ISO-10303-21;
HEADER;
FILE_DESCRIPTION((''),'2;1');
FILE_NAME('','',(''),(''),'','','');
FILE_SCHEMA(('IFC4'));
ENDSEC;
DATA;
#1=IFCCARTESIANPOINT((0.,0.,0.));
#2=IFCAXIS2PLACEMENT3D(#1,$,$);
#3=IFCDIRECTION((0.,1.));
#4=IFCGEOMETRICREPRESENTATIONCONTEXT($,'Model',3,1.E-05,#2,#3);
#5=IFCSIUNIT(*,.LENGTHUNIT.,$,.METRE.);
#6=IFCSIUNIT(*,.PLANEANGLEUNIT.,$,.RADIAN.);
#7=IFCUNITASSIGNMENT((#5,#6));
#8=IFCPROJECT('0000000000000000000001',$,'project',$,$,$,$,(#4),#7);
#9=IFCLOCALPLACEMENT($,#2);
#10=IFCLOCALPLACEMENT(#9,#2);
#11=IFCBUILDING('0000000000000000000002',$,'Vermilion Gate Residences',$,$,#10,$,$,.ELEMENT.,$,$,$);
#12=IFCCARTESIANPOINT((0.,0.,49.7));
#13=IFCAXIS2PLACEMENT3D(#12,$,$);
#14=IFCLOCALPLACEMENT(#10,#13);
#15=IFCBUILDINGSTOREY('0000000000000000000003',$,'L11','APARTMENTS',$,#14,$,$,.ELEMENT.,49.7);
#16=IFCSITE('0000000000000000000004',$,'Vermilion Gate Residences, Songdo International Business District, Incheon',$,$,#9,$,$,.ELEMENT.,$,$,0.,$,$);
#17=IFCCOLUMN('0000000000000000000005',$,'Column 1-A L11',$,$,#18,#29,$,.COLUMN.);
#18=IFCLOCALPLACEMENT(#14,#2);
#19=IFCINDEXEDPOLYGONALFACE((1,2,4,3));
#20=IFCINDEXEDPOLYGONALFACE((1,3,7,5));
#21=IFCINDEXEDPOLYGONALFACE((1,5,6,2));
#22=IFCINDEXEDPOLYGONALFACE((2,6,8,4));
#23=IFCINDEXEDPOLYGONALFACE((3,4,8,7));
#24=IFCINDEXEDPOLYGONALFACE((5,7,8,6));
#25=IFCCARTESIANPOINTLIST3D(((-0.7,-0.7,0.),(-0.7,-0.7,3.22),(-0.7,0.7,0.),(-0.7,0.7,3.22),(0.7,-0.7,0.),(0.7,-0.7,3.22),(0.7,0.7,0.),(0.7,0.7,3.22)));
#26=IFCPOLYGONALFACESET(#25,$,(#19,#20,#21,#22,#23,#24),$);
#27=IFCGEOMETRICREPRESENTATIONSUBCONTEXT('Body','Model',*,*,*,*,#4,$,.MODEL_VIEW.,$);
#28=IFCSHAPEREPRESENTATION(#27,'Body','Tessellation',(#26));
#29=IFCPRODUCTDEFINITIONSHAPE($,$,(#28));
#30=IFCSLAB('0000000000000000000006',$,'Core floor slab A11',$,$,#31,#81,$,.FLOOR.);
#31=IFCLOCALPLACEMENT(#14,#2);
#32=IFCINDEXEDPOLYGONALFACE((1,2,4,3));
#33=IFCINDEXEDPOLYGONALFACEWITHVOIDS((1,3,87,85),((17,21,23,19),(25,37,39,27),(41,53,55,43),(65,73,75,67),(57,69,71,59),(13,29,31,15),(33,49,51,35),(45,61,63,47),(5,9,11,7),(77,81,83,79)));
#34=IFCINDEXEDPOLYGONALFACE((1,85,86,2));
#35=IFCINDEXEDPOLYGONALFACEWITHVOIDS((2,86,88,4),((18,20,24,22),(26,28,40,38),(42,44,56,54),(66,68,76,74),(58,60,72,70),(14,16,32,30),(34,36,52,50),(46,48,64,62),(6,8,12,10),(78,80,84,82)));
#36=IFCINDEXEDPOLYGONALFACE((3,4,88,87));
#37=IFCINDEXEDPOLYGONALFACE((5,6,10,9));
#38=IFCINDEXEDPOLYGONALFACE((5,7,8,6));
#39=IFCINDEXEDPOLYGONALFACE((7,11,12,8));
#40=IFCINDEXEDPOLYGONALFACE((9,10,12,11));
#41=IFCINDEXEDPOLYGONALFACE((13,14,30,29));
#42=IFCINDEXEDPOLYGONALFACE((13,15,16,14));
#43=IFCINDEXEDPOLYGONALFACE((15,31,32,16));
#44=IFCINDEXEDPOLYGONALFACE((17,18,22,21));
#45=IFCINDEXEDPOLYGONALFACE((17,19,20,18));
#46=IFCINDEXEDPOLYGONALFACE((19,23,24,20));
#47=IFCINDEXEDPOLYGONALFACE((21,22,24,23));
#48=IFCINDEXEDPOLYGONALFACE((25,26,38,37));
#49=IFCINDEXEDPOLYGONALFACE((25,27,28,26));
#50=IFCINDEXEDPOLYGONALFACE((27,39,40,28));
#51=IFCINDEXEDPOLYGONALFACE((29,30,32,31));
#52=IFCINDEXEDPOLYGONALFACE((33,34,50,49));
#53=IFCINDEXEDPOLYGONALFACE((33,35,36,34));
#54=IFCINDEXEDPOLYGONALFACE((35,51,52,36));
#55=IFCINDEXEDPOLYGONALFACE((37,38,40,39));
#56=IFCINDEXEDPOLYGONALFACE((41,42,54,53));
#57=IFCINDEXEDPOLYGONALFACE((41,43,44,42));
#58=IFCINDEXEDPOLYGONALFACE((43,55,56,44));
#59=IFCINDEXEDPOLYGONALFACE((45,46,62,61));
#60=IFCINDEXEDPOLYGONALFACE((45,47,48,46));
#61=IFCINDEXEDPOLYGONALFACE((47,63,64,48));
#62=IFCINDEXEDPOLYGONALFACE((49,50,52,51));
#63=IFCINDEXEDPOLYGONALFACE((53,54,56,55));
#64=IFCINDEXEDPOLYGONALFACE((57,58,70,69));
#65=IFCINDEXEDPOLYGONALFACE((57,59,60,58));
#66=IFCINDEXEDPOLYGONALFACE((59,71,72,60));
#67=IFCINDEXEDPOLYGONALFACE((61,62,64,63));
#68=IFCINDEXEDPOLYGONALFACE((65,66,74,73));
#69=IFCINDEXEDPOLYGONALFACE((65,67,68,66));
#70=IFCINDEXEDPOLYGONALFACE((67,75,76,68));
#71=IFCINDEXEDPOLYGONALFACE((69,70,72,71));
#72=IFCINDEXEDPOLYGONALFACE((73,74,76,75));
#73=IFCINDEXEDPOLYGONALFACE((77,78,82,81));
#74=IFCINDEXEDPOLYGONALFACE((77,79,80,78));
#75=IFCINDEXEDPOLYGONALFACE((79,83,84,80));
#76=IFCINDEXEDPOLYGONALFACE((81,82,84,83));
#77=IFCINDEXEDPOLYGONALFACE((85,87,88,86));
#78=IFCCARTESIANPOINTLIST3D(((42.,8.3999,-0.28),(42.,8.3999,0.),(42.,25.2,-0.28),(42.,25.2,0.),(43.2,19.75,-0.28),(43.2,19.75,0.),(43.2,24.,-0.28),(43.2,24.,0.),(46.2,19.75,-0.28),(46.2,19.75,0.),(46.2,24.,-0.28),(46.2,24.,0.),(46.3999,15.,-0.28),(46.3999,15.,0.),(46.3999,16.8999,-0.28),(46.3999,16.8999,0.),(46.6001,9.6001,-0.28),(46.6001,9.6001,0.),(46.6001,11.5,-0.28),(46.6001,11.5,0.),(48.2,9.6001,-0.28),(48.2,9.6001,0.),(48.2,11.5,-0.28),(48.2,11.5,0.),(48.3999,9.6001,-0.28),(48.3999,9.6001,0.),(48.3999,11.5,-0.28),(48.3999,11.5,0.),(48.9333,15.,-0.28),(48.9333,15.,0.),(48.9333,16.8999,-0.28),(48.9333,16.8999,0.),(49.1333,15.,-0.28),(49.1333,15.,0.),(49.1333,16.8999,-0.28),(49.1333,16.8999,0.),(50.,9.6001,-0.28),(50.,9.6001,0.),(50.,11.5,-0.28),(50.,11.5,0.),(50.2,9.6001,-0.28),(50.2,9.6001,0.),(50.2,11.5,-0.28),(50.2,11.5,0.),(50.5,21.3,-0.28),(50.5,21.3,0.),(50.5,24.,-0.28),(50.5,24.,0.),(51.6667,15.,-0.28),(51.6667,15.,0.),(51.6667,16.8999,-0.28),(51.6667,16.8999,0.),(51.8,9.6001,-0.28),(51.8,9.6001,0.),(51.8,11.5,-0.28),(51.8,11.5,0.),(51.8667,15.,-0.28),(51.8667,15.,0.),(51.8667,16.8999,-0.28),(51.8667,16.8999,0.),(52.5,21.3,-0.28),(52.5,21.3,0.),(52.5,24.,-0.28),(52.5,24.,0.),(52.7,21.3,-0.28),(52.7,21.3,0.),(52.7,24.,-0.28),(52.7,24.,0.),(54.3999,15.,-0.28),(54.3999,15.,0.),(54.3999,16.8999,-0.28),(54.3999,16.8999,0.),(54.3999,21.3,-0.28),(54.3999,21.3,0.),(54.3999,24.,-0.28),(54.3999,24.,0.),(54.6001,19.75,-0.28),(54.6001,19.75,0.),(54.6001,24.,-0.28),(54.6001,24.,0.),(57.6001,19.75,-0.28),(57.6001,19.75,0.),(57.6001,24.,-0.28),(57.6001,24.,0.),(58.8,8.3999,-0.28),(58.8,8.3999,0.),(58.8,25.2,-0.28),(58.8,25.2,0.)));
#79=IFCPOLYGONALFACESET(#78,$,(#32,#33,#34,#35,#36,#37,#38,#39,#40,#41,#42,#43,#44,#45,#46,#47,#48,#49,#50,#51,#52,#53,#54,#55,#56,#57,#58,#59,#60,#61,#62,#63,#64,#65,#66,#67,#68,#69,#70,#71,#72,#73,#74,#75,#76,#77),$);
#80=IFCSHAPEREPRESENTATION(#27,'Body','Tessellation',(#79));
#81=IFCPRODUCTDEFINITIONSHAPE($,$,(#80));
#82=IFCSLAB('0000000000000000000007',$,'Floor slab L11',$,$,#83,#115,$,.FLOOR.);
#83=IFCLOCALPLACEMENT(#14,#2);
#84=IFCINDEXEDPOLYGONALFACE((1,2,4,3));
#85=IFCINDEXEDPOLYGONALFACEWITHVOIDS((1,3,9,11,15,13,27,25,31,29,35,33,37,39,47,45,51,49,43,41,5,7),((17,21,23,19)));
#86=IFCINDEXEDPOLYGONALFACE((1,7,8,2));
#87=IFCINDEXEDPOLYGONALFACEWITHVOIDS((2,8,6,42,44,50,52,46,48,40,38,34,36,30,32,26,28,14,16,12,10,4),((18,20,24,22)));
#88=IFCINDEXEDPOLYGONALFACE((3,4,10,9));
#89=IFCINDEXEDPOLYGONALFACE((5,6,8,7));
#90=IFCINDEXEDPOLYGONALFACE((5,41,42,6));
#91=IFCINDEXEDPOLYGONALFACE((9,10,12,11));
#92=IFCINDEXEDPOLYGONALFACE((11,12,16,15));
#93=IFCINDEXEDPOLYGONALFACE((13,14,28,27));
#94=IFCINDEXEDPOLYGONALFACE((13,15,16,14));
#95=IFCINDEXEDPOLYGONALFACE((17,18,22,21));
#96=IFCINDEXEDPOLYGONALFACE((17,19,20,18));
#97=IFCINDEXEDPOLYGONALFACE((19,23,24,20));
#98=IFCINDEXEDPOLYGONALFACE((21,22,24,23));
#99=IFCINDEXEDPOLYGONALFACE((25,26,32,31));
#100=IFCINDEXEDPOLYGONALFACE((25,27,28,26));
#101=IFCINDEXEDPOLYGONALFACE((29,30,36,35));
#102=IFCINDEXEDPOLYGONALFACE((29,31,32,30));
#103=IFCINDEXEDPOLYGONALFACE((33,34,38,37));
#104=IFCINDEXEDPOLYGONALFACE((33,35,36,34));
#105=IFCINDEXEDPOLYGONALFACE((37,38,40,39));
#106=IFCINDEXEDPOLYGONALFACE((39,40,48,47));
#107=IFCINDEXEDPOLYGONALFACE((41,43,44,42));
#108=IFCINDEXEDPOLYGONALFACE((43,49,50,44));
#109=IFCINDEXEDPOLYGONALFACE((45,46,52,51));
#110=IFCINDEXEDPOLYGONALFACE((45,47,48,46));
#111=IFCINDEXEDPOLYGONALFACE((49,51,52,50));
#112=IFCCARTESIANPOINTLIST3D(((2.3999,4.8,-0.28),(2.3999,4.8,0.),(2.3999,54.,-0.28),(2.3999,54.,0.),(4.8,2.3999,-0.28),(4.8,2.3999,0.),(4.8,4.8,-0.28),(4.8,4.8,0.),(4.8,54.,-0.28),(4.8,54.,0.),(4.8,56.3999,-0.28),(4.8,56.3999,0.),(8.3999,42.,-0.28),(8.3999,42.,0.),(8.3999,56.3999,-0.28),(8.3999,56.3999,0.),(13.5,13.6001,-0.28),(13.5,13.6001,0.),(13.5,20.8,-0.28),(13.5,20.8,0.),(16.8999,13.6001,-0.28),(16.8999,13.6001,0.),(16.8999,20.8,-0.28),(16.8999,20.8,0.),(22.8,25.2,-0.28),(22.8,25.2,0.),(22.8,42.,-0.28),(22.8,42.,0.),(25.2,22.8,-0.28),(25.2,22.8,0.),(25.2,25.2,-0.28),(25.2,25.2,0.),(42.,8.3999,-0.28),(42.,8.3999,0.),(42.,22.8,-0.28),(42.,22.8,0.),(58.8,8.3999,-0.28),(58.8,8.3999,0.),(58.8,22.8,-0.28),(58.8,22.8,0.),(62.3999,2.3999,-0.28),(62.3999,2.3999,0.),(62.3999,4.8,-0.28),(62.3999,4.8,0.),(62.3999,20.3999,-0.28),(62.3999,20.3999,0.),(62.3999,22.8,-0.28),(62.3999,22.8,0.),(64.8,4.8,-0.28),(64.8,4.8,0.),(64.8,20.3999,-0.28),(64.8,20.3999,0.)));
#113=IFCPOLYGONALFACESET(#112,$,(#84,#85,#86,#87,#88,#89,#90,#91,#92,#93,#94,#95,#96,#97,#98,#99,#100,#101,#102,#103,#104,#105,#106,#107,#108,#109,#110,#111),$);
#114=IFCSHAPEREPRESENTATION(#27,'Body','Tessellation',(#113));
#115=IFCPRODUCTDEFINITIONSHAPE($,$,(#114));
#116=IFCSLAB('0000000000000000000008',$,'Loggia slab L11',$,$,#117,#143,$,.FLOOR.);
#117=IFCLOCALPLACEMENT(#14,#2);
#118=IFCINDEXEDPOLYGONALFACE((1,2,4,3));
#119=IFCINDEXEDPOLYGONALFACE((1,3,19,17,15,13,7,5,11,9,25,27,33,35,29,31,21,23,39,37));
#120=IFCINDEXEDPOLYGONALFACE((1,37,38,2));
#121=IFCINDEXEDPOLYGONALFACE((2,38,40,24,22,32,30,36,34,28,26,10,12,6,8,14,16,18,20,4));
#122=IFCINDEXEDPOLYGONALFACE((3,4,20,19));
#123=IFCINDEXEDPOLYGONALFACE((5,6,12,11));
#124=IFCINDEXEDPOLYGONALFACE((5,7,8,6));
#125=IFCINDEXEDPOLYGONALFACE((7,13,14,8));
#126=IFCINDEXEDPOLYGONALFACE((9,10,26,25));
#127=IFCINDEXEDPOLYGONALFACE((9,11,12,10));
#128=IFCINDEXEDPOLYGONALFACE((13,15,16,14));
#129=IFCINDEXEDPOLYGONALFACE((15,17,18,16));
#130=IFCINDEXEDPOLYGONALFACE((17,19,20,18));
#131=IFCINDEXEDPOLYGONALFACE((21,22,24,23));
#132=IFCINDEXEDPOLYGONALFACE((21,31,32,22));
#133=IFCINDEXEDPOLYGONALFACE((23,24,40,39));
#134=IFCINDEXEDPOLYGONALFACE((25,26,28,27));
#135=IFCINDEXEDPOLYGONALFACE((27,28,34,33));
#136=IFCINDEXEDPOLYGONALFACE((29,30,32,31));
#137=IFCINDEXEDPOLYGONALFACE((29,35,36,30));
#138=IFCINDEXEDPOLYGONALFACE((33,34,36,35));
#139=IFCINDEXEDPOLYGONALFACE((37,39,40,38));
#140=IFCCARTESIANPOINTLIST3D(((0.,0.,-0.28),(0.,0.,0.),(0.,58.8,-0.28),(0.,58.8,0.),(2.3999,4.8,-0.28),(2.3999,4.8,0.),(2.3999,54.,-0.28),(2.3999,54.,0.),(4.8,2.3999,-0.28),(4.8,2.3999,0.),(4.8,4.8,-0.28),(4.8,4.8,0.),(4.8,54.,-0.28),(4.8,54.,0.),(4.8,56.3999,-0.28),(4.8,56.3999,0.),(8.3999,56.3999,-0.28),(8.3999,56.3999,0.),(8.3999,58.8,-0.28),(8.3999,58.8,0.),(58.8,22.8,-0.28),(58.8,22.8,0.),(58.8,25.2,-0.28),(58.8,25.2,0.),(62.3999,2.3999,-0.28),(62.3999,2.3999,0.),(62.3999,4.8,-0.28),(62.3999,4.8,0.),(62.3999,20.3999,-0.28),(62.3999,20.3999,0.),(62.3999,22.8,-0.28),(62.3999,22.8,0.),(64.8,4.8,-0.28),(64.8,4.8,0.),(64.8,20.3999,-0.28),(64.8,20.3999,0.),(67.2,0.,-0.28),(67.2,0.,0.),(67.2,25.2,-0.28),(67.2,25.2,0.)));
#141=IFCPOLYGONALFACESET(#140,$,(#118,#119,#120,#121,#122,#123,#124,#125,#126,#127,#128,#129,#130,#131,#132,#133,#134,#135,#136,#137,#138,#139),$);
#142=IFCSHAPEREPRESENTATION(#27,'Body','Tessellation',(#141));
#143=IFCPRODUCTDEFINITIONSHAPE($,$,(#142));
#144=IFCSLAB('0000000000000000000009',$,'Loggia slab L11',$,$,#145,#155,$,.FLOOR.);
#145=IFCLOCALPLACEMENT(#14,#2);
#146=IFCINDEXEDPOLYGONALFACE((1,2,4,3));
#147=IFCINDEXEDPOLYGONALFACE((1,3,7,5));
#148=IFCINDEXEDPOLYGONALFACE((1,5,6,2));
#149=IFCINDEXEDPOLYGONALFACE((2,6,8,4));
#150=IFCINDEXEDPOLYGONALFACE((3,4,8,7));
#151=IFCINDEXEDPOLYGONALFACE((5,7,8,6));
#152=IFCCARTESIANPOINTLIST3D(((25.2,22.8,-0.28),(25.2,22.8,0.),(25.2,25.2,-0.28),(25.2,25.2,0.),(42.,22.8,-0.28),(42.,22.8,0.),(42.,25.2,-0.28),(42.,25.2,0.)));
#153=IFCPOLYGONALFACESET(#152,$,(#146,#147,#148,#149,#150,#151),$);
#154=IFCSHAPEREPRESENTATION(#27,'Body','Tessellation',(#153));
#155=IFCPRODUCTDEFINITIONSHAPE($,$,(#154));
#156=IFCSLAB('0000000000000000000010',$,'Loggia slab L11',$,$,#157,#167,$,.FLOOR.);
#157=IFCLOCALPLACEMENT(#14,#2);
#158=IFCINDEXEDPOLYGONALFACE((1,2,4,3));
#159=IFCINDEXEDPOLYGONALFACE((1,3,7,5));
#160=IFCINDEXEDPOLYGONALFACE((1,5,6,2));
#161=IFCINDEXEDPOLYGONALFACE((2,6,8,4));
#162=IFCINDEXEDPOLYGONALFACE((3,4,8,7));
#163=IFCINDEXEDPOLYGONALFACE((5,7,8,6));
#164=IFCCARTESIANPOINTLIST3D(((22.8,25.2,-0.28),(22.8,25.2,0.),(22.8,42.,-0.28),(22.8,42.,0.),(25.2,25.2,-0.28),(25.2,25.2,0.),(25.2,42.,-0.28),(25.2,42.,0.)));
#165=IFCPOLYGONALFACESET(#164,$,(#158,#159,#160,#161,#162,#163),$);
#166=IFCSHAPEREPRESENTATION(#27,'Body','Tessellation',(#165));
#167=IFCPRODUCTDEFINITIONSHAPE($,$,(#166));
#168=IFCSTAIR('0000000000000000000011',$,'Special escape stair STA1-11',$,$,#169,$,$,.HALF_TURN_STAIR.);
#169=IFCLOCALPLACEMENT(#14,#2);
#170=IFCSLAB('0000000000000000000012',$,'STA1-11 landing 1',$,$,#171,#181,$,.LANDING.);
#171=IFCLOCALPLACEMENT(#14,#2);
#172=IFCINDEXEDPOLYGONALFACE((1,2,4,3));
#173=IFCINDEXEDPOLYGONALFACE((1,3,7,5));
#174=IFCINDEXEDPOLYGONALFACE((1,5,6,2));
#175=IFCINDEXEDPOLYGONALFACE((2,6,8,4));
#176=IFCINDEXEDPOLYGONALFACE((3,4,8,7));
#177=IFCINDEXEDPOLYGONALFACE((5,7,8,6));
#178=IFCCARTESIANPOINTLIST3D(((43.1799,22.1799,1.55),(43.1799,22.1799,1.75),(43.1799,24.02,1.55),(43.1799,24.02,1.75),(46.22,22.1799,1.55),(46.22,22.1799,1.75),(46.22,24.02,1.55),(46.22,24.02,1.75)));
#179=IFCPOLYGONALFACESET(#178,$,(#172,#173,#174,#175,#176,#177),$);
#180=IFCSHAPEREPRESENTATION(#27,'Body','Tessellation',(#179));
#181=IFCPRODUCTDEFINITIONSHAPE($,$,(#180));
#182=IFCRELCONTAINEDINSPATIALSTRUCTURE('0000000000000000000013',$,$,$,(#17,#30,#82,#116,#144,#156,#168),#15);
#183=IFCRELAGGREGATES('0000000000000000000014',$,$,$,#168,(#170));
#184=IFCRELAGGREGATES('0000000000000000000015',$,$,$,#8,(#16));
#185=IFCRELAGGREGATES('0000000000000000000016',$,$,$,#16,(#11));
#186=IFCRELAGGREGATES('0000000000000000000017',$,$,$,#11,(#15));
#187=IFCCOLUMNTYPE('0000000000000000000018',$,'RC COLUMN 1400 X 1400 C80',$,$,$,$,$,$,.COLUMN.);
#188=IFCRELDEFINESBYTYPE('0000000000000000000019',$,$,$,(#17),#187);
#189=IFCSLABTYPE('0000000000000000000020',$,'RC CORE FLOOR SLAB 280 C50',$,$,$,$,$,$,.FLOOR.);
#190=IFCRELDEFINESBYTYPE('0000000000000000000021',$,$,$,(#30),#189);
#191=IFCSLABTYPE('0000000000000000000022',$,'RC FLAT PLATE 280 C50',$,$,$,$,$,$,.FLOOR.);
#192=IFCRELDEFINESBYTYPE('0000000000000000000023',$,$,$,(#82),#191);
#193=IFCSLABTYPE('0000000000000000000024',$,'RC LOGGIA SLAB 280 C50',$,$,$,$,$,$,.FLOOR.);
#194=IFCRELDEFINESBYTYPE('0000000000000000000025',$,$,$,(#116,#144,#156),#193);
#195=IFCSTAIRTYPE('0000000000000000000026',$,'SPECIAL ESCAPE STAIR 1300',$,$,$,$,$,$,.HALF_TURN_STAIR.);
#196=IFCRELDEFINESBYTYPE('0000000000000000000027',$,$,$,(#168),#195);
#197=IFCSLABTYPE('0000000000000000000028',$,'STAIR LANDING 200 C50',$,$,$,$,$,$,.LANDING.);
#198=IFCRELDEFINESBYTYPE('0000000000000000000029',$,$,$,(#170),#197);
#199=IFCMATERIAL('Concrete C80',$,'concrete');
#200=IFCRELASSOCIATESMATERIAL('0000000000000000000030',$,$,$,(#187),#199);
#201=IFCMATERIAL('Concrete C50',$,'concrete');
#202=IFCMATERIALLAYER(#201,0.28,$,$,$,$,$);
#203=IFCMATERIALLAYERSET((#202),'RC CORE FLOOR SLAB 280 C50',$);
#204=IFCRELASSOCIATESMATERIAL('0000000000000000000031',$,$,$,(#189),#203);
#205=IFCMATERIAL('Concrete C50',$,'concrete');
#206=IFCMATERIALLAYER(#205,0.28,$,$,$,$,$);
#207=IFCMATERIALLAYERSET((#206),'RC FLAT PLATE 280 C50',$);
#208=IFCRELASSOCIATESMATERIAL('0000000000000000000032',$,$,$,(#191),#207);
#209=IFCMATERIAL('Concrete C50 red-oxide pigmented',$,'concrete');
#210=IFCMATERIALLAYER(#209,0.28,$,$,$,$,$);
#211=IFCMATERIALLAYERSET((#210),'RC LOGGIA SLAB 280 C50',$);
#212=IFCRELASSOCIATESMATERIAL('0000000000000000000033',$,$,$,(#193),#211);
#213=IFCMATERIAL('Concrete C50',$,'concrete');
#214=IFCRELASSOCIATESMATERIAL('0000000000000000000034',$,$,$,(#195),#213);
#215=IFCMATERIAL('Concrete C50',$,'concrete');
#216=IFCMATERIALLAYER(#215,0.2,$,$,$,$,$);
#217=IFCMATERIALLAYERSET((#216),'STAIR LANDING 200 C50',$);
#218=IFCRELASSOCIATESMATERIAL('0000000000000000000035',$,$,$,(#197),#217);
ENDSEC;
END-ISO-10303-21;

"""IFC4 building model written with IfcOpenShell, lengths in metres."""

from ifc_helpers import new_model, si_unit, direction, frame, origin, origin_with_axes, origin_2d, place, context, subcontext, project, spatial, polyline, rectangle, outline, extrude, material, layer, layer_set, material_profile, profile_set, type_object, element, aggregate, save


model = new_model("IFC4")

# Units and contexts
model_context = context("Model", 3, precision=1e-05, world=origin(), true_north=direction((0.0, 1.0)))
body_context = subcontext(model_context, "Body", "Model", "MODEL_VIEW")
ifc_project = project(units=[si_unit("LENGTHUNIT", "METRE"), si_unit("PLANEANGLEUNIT", "RADIAN")], contexts=[model_context])

# Site, building, storey
site_placement = place(None, origin())
site = spatial("IfcSite", under=ifc_project, at=site_placement, Name="Vermilion Gate Residences, Songdo International Business District, Incheon", CompositionType="ELEMENT", RefElevation=0.0)
building_placement = place(site_placement, origin())
building = spatial("IfcBuilding", under=site, at=building_placement, Name="Vermilion Gate Residences", CompositionType="ELEMENT")
storey_placement = place(building_placement, frame((0.0, 0.0, 49.7)))
storey = spatial("IfcBuildingStorey", under=building, at=storey_placement, Name="L11", Description="APARTMENTS", CompositionType="ELEMENT", Elevation=49.7)

# Column
ifc_material_1 = material(Name="Concrete C80", Category="concrete")
ifc_material_profile_1 = material_profile(ifc_material_1, rectangle(XDim=1.3999, YDim=1.3999, at=origin_2d()), Name="RC-1400x1400")
ifc_profile_set_1 = profile_set([ifc_material_profile_1], Name="Concrete C80")
column_type = type_object("IfcColumnType", Name="RC COLUMN 1400 X 1400 C80", PredefinedType="COLUMN", material=ifc_profile_set_1)
column_placement = place(storey_placement, origin_with_axes())
element("IfcColumn", 1, at=column_placement, inside=storey, type_object=column_type, Name="Column 1-A L11", PredefinedType="COLUMN", context=body_context, shape_type="SweptSolid", body=[
    extrude(rectangle(XDim=1.3999, YDim=1.3999, at=origin_2d()), origin(), (0.0, 0.0, 1.0), 3.22),
])

# Slabs
ifc_material_2 = material(Name="Concrete C50", Category="concrete")
ifc_layer_1 = layer(ifc_material_2, 0.28)
ifc_layer_set_1 = layer_set([ifc_layer_1], Name="RC CORE FLOOR SLAB 280 C50")
slab_type_1 = type_object("IfcSlabType", Name="RC CORE FLOOR SLAB 280 C50", PredefinedType="FLOOR", material=ifc_layer_set_1)
slab_1_placement = place(storey_placement, frame((0.0, 0.0, -0.28)))
element("IfcSlab", 2, at=slab_1_placement, inside=storey, type_object=slab_type_1, Name="Core floor slab A11", PredefinedType="FLOOR", context=body_context, shape_type="SweptSolid", body=[
    extrude(outline(polyline([(42.0, 8.3999), (58.8, 8.3999), (58.8, 25.2), (42.0, 25.2), (42.0, 8.3999)]), holes=[polyline([(46.6001, 11.5), (48.2, 11.5), (48.2, 9.6001), (46.6001, 9.6001), (46.6001, 11.5)]), polyline([(48.3999, 11.5), (50.0, 11.5), (50.0, 9.6001), (48.3999, 9.6001), (48.3999, 11.5)]), polyline([(50.2, 11.5), (51.8, 11.5), (51.8, 9.6001), (50.2, 9.6001), (50.2, 11.5)]), polyline([(48.9333, 16.8999), (48.9333, 15.0), (46.3999, 15.0), (46.3999, 16.8999), (48.9333, 16.8999)]), polyline([(51.6667, 16.8999), (51.6667, 15.0), (49.1333, 15.0), (49.1333, 16.8999), (51.6667, 16.8999)]), polyline([(51.8667, 16.8999), (54.3999, 16.8999), (54.3999, 15.0), (51.8667, 15.0), (51.8667, 16.8999)]), polyline([(43.2, 24.0), (46.2, 24.0), (46.2, 19.75), (43.2, 19.75), (43.2, 24.0)]), polyline([(54.6001, 24.0), (57.6001, 24.0), (57.6001, 19.75), (54.6001, 19.75), (54.6001, 24.0)]), polyline([(52.5, 24.0), (52.5, 21.3), (50.5, 21.3), (50.5, 24.0), (52.5, 24.0)]), polyline([(54.3999, 24.0), (54.3999, 21.3), (52.7, 21.3), (52.7, 24.0), (54.3999, 24.0)])]), origin(), (0.0, 0.0, 1.0), 0.28),
])
ifc_material_3 = material(Name="Concrete C50", Category="concrete")
ifc_layer_2 = layer(ifc_material_3, 0.28)
ifc_layer_set_2 = layer_set([ifc_layer_2], Name="RC FLAT PLATE 280 C50")
slab_type_2 = type_object("IfcSlabType", Name="RC FLAT PLATE 280 C50", PredefinedType="FLOOR", material=ifc_layer_set_2)
slab_2_placement = place(storey_placement, frame((0.0, 0.0, -0.28)))
element("IfcSlab", 3, at=slab_2_placement, inside=storey, type_object=slab_type_2, Name="Floor slab L11", PredefinedType="FLOOR", context=body_context, shape_type="SweptSolid", body=[
    extrude(outline(polyline([(22.8, 25.2), (22.8, 42.0), (8.3999, 42.0), (8.3999, 56.3999), (4.8, 56.3999), (4.8, 54.0), (2.3999, 54.0), (2.3999, 4.8), (4.8, 4.8), (4.8, 2.3999), (62.3999, 2.3999), (62.3999, 4.8), (64.8, 4.8), (64.8, 20.3999), (62.3999, 20.3999), (62.3999, 22.8), (58.8, 22.8), (58.8, 8.3999), (42.0, 8.3999), (42.0, 22.8), (25.2, 22.8), (25.2, 25.2), (22.8, 25.2)]), holes=[polyline([(13.5, 13.6001), (13.5, 20.8), (16.8999, 20.8), (16.8999, 13.6001), (13.5, 13.6001)])]), origin(), (0.0, 0.0, 1.0), 0.28),
])
ifc_material_4 = material(Name="Concrete C50 red-oxide pigmented", Category="concrete")
ifc_layer_3 = layer(ifc_material_4, 0.28)
ifc_layer_set_3 = layer_set([ifc_layer_3], Name="RC LOGGIA SLAB 280 C50")
slab_type_3 = type_object("IfcSlabType", Name="RC LOGGIA SLAB 280 C50", PredefinedType="FLOOR", material=ifc_layer_set_3)
slab_3_placement = place(storey_placement, frame((0.0, 0.0, -0.28)))
element("IfcSlab", 4, at=slab_3_placement, inside=storey, type_object=slab_type_3, Name="Loggia slab L11", PredefinedType="FLOOR", context=body_context, shape_type="SweptSolid", body=[
    extrude(outline(polyline([(0.0, 58.8), (0.0, 0.0), (67.2, 0.0), (67.2, 25.2), (58.8, 25.2), (58.8, 22.8), (62.3999, 22.8), (62.3999, 20.3999), (64.8, 20.3999), (64.8, 4.8), (62.3999, 4.8), (62.3999, 2.3999), (4.8, 2.3999), (4.8, 4.8), (2.3999, 4.8), (2.3999, 54.0), (4.8, 54.0), (4.8, 56.3999), (8.3999, 56.3999), (8.3999, 58.8), (0.0, 58.8)])), origin(), (0.0, 0.0, 1.0), 0.28),
])
slab_4_placement = place(storey_placement, frame((0.0, 0.0, -0.28)))
element("IfcSlab", 5, at=slab_4_placement, inside=storey, type_object=slab_type_3, Name="Loggia slab L11", PredefinedType="FLOOR", context=body_context, shape_type="SweptSolid", body=[
    extrude(outline(polyline([(25.2, 22.8), (42.0, 22.8), (42.0, 25.2), (25.2, 25.2), (25.2, 22.8)])), origin(), (0.0, 0.0, 1.0), 0.28),
])
slab_5_placement = place(storey_placement, frame((0.0, 0.0, -0.28)))
element("IfcSlab", 6, at=slab_5_placement, inside=storey, type_object=slab_type_3, Name="Loggia slab L11", PredefinedType="FLOOR", context=body_context, shape_type="SweptSolid", body=[
    extrude(outline(polyline([(22.8, 42.0), (22.8, 25.2), (25.2, 25.2), (25.2, 42.0), (22.8, 42.0)])), origin(), (0.0, 0.0, 1.0), 0.28),
])

# Stair, slab
ifc_material_5 = material(Name="Concrete C50", Category="concrete")
stair_type = type_object("IfcStairType", Name="SPECIAL ESCAPE STAIR 1300", PredefinedType="HALF_TURN_STAIR", material=ifc_material_5)
stair_1_placement = place(storey_placement, origin())
stair_1 = element("IfcStair", 7, at=stair_1_placement, inside=storey, type_object=stair_type, Name="Special escape stair STA1-11", PredefinedType="HALF_TURN_STAIR")
ifc_material_6 = material(Name="Concrete C50", Category="concrete")
ifc_layer_4 = layer(ifc_material_6, 0.2)
ifc_layer_set_4 = layer_set([ifc_layer_4], Name="STAIR LANDING 200 C50")
slab_type_4 = type_object("IfcSlabType", Name="STAIR LANDING 200 C50", PredefinedType="LANDING", material=ifc_layer_set_4)
slab_6_placement = place(storey_placement, frame((0.0, 0.0, 1.55)))
slab_6 = element("IfcSlab", 8, at=slab_6_placement, type_object=slab_type_4, Name="STA1-11 landing 1", PredefinedType="LANDING", context=body_context, shape_type="SweptSolid", body=[
    extrude(outline(polyline([(46.22, 22.1799), (46.22, 24.02), (43.1799, 24.02), (43.1799, 22.1799), (46.22, 22.1799)])), origin(), (0.0, 0.0, 1.0), 0.2),
])
aggregate(stair_1, [slab_6])

save(model, "model.ifc")
